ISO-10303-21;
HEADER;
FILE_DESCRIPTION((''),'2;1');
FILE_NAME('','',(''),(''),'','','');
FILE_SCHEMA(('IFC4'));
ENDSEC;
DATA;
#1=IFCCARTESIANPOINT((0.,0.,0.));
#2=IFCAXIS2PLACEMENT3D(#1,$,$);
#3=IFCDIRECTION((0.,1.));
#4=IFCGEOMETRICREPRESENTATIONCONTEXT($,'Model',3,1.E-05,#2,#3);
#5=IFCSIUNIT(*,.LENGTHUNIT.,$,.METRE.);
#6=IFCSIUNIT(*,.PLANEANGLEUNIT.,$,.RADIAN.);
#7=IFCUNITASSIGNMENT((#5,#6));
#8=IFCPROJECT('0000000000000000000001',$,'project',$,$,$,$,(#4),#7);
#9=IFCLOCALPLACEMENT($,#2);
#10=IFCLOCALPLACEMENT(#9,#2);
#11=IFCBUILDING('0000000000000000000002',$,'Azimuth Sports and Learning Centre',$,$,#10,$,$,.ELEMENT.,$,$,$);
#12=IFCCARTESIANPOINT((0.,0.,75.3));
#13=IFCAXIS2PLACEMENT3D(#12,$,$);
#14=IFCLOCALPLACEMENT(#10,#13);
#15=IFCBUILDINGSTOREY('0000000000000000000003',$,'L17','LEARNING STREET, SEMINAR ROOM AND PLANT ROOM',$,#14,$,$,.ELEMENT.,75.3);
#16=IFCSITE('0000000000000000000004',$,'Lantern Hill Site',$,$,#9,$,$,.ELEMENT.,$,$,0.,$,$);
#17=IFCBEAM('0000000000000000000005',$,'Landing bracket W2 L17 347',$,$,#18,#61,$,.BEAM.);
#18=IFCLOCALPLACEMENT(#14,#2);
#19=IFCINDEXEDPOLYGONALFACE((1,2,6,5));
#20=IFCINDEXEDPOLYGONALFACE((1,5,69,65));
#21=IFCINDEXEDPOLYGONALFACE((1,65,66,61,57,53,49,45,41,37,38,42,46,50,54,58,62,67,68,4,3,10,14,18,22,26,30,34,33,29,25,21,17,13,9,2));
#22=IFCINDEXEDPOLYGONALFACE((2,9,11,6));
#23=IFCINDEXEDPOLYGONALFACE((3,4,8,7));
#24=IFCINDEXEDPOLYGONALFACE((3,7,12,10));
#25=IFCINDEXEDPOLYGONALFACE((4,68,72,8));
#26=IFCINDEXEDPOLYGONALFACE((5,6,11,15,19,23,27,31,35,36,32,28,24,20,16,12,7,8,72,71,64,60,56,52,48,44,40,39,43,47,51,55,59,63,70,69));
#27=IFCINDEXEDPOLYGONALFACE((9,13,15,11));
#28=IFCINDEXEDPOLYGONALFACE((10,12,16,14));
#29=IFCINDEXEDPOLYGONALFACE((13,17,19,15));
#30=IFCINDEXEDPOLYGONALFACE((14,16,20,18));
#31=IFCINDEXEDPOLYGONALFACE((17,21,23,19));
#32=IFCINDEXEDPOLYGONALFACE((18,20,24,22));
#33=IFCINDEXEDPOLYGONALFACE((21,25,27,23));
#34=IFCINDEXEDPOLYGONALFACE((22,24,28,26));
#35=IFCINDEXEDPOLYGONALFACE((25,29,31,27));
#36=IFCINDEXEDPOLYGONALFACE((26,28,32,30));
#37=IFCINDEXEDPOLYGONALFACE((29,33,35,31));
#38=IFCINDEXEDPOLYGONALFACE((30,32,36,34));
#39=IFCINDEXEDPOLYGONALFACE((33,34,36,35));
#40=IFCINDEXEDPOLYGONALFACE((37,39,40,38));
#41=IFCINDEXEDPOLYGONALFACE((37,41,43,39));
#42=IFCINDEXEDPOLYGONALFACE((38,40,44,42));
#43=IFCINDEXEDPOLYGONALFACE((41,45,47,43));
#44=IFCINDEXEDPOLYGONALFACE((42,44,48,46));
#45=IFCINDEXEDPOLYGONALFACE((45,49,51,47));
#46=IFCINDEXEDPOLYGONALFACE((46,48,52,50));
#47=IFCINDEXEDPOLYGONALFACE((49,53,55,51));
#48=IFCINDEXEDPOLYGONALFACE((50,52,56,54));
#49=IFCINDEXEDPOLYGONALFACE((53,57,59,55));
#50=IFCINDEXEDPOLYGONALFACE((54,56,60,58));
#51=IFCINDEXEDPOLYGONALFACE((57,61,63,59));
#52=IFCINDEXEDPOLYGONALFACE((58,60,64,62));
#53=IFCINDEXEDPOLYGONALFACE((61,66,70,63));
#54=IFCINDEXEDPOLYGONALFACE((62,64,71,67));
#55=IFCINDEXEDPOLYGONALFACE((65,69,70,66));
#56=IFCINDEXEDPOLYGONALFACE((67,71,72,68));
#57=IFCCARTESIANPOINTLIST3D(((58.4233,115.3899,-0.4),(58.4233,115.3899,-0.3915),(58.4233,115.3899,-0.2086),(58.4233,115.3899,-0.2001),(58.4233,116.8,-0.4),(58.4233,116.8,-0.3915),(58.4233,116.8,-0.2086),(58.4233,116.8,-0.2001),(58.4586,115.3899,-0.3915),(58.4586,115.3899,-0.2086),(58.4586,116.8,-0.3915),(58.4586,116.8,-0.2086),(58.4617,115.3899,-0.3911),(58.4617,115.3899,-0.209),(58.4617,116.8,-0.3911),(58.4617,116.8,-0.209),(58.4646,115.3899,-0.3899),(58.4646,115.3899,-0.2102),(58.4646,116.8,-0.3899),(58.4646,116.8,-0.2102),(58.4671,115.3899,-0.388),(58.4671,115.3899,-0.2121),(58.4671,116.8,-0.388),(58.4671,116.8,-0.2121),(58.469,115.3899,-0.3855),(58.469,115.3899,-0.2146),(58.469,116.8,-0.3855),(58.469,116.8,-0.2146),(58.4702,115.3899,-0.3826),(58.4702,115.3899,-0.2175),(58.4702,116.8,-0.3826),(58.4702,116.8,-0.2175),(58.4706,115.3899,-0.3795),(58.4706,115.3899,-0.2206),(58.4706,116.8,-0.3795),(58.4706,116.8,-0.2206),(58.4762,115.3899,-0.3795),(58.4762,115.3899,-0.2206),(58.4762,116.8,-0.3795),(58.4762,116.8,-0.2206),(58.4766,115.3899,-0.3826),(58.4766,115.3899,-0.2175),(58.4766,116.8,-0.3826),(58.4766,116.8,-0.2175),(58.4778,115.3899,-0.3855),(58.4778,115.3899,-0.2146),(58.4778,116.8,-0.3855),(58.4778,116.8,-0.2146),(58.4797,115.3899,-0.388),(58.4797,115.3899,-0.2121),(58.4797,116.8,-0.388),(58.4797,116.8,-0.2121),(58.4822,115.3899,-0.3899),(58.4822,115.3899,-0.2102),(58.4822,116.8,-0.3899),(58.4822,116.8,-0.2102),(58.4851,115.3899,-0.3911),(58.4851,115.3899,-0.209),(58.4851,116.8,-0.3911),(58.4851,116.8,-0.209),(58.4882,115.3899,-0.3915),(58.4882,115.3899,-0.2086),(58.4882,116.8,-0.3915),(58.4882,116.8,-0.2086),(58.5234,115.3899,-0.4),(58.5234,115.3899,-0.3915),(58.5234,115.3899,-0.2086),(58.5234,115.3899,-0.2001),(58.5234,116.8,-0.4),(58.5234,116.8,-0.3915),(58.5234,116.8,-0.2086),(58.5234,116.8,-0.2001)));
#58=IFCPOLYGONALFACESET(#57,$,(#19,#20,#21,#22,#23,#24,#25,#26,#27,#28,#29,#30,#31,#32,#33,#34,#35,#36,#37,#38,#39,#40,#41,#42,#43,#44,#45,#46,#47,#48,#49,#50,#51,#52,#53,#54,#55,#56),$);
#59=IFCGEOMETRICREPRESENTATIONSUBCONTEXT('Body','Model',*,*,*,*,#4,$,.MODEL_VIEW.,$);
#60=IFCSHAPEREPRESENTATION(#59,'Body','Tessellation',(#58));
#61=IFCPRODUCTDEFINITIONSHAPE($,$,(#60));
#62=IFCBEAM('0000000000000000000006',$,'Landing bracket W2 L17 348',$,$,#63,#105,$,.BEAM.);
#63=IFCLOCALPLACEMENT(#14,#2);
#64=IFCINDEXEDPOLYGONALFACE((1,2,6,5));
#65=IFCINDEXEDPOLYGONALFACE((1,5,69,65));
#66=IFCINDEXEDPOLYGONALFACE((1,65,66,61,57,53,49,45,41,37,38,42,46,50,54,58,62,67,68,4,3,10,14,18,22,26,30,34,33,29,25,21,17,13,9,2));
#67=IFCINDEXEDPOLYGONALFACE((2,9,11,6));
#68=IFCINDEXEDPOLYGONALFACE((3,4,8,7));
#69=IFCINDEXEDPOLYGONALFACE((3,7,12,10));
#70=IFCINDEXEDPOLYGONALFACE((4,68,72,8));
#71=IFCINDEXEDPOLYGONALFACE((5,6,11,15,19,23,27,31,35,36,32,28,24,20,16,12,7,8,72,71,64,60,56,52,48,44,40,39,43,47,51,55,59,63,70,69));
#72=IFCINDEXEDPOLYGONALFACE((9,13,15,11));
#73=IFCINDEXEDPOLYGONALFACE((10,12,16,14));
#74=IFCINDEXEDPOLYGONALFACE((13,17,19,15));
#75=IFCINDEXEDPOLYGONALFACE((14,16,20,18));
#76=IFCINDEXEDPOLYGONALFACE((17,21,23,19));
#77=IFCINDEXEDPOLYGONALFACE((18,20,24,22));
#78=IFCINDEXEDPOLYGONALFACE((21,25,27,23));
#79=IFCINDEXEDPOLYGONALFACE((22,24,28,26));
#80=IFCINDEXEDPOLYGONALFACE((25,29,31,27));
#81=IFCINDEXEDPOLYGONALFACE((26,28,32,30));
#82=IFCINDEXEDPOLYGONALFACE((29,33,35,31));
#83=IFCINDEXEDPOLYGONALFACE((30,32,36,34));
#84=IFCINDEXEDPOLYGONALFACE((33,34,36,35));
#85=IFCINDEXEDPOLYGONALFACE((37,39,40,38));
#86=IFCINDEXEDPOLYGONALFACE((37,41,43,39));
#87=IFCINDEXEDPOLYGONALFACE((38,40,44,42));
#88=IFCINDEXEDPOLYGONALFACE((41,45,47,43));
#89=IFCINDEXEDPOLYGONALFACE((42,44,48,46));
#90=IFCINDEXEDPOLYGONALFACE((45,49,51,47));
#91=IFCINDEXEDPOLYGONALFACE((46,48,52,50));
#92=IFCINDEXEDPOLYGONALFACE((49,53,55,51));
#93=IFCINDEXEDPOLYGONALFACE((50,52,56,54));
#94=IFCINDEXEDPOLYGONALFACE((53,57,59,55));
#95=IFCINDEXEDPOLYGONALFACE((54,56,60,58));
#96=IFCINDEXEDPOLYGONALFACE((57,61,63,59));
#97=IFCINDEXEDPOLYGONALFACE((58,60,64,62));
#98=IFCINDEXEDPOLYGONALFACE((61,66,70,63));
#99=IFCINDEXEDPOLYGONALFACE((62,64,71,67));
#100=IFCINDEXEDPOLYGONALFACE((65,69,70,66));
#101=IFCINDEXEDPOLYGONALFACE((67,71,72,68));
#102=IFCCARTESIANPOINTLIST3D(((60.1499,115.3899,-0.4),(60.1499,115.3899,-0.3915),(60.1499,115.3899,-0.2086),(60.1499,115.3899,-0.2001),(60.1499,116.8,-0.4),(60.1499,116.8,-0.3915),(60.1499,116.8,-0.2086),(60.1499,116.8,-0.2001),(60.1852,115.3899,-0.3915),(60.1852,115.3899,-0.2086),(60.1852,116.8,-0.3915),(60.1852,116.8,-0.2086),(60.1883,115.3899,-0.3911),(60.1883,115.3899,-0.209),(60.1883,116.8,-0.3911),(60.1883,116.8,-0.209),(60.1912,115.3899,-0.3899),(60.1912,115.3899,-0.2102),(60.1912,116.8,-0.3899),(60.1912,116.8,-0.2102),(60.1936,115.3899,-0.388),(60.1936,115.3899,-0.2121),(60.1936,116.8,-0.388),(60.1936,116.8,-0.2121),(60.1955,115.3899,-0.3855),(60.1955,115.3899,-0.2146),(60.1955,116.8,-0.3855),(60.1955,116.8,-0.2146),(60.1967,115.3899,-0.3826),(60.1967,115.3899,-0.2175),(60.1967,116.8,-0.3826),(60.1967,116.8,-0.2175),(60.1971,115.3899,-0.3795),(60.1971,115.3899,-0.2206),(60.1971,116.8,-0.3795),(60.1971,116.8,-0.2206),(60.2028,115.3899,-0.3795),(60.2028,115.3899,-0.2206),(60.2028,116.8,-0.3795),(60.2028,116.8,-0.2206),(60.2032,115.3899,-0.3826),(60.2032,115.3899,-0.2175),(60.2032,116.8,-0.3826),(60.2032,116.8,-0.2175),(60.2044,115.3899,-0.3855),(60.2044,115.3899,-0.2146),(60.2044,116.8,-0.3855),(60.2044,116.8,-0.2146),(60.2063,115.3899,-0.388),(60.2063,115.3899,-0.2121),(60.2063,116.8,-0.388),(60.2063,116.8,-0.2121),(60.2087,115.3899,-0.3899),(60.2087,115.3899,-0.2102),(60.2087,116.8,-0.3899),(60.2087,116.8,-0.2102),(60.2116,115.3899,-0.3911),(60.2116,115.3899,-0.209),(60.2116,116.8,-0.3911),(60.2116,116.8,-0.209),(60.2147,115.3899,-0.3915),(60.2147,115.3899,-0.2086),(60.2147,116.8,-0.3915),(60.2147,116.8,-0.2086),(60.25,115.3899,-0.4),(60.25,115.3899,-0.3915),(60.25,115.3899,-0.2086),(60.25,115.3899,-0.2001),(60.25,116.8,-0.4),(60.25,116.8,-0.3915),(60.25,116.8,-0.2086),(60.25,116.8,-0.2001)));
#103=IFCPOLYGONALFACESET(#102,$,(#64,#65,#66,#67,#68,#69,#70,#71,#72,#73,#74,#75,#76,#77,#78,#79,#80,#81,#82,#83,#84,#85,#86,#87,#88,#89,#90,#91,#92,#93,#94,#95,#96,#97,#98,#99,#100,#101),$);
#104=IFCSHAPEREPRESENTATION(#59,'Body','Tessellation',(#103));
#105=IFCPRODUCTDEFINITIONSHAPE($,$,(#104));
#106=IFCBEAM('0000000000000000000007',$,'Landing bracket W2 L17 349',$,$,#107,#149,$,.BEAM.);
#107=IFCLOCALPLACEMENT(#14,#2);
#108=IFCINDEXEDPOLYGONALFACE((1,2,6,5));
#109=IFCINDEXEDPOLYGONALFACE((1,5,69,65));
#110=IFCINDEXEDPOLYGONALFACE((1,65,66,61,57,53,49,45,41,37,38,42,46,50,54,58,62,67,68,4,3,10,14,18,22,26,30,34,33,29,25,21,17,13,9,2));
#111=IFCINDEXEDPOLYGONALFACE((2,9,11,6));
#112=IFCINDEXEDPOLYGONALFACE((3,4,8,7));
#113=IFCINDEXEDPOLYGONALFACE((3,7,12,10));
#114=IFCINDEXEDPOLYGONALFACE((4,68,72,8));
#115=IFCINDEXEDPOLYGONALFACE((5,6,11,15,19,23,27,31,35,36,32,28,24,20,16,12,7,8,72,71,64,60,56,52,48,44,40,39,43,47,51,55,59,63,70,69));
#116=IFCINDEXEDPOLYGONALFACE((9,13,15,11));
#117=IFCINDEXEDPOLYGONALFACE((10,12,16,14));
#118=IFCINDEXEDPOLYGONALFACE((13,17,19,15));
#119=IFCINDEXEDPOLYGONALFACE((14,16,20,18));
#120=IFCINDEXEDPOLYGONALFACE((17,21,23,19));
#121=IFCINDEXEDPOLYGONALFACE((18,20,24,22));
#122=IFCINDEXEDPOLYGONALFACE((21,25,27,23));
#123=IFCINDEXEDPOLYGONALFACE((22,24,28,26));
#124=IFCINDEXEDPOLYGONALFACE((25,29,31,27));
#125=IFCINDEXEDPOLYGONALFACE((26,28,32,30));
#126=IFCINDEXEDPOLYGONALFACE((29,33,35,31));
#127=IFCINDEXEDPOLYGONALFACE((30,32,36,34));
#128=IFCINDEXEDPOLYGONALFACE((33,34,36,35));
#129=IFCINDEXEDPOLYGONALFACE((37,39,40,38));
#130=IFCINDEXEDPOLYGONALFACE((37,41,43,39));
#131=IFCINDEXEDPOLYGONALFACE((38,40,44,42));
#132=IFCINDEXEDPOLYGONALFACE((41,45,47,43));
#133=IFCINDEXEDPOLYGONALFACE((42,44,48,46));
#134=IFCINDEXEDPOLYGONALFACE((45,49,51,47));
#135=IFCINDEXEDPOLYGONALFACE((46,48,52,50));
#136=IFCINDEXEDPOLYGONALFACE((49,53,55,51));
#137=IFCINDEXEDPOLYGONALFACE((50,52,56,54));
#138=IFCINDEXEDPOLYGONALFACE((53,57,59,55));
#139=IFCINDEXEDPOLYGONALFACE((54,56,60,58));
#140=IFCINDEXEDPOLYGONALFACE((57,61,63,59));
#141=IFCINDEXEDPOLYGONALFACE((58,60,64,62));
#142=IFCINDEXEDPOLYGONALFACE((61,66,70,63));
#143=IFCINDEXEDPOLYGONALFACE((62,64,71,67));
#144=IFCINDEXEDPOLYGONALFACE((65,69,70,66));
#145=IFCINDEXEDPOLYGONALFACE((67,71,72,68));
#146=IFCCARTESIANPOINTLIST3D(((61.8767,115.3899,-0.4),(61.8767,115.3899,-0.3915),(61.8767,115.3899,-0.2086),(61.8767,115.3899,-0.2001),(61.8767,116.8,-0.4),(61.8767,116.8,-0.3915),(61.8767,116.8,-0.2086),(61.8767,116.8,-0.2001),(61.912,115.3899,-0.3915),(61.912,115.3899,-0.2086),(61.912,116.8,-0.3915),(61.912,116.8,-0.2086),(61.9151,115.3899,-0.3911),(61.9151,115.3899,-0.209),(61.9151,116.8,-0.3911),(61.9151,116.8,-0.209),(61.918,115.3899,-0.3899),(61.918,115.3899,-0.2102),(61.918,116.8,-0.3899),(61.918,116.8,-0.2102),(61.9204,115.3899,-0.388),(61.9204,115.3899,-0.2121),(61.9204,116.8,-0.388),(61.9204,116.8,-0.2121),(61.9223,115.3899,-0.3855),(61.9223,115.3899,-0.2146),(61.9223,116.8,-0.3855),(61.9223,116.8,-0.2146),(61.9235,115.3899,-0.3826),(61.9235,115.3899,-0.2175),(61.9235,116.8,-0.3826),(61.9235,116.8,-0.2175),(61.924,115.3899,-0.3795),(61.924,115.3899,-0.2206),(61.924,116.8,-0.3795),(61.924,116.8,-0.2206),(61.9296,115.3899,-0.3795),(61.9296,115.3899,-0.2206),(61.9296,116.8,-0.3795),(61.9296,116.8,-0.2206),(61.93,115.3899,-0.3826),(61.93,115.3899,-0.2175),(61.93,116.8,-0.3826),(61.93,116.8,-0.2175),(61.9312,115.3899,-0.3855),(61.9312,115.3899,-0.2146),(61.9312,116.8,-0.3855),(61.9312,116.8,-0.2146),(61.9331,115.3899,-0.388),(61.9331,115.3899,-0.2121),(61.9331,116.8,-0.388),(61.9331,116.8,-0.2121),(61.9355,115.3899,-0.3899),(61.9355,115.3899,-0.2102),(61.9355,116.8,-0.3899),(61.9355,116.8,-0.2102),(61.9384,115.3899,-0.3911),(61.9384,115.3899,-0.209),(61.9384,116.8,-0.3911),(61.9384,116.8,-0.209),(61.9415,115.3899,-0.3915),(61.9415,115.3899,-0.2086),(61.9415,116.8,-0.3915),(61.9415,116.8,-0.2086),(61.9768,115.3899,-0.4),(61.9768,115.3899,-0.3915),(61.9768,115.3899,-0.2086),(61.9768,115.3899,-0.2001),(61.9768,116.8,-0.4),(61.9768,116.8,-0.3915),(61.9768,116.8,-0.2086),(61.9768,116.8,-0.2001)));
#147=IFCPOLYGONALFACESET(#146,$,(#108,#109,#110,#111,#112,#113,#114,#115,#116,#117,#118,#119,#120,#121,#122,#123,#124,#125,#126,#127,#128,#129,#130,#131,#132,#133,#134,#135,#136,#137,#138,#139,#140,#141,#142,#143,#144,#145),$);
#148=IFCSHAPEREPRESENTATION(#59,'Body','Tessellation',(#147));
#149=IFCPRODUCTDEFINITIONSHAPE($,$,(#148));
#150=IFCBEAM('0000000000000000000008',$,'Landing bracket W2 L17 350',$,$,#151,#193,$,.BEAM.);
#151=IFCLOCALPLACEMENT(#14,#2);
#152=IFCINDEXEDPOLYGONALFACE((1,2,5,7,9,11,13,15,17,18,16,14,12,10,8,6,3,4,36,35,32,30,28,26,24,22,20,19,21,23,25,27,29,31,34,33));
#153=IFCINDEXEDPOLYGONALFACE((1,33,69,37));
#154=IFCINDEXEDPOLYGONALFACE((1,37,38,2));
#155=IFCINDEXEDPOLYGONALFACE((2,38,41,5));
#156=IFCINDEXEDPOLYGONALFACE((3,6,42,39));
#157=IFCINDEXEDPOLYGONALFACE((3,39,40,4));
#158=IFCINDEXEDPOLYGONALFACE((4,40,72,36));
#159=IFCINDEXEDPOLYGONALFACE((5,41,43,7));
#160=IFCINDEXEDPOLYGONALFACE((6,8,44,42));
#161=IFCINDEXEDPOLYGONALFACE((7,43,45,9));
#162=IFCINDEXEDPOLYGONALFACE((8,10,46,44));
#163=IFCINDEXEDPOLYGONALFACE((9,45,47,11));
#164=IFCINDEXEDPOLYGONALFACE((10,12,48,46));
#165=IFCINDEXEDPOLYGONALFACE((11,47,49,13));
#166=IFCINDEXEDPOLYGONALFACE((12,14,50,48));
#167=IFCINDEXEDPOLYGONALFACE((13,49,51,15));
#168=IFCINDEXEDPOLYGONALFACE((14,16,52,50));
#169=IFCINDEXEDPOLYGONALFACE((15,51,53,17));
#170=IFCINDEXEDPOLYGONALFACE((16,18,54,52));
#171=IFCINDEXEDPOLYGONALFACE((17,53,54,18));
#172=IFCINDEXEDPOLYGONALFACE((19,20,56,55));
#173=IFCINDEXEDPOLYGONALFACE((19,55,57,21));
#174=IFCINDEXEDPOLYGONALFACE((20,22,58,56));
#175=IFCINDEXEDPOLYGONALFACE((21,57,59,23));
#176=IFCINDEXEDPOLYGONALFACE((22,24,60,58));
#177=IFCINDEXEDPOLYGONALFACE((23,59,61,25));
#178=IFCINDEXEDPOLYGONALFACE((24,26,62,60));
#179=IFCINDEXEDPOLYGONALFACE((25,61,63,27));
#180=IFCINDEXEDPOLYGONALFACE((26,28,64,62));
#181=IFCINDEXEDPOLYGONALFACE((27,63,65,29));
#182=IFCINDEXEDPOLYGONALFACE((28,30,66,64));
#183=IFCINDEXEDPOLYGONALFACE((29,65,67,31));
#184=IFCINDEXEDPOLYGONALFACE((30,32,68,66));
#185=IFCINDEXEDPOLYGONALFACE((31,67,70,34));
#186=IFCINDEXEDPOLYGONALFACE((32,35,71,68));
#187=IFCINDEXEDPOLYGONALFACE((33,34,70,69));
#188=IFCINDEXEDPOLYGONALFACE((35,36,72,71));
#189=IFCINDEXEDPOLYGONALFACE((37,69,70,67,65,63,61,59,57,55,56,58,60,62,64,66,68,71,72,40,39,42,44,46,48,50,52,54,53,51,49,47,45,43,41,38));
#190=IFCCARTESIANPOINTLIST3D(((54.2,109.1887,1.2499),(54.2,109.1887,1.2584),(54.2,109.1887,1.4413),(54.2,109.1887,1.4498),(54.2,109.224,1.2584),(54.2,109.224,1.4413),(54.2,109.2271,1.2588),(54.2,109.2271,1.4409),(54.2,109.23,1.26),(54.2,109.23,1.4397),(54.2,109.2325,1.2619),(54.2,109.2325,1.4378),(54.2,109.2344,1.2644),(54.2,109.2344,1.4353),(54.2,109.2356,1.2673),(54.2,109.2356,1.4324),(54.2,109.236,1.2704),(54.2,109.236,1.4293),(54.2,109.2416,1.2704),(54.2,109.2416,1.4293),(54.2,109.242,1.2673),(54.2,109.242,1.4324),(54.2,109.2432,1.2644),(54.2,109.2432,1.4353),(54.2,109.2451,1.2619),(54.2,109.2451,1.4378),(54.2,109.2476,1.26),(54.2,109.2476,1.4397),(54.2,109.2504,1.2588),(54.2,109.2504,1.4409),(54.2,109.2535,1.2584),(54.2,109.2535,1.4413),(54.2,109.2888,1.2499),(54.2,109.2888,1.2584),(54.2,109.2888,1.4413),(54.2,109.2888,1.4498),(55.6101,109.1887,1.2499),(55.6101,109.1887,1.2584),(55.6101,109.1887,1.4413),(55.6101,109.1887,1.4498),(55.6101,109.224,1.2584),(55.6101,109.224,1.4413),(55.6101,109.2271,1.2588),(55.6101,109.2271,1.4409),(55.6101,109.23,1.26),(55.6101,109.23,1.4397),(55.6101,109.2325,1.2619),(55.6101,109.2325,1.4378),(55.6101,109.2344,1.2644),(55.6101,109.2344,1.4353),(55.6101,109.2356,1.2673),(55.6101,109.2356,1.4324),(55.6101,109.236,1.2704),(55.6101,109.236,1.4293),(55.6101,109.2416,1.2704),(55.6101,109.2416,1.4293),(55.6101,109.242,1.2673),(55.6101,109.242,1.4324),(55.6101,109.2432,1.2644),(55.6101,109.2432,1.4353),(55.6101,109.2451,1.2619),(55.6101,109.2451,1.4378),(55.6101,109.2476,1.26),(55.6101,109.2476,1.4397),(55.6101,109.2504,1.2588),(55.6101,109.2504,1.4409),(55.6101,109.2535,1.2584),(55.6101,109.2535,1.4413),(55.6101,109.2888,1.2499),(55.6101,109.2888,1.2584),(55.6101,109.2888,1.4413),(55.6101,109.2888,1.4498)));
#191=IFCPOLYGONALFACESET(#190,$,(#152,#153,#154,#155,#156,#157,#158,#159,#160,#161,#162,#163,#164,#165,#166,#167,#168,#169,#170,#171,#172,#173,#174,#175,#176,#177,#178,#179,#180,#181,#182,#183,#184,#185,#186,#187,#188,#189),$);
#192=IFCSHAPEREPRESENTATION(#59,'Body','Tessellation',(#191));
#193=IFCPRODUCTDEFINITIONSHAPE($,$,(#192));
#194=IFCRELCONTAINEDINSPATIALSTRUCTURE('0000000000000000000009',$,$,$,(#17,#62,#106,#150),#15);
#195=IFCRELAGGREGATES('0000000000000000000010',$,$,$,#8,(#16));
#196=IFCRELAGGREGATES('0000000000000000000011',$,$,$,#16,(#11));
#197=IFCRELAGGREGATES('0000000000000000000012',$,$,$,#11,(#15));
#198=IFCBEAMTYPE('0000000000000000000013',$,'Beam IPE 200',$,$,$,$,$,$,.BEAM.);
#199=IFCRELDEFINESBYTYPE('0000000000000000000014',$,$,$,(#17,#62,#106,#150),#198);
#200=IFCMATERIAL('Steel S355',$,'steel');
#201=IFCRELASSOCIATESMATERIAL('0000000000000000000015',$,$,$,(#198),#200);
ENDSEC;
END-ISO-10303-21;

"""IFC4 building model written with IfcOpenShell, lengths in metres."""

from ifc_helpers import new_model, si_unit, direction, frame, origin, origin_2d, place, context, subcontext, project, spatial, i_section, extrude, material, material_profile, profile_set, type_object, element, save


model = new_model("IFC4")

# Units and contexts
model_context = context("Model", 3, precision=1e-05, world=origin(), true_north=direction((0.0, 1.0)))
body_context = subcontext(model_context, "Body", "Model", "MODEL_VIEW")
ifc_project = project(units=[si_unit("LENGTHUNIT", "METRE"), si_unit("PLANEANGLEUNIT", "RADIAN")], contexts=[model_context])

# Site, building, storey
site_placement = place(None, origin())
site = spatial("IfcSite", under=ifc_project, at=site_placement, Name="Lantern Hill Site", CompositionType="ELEMENT", RefElevation=0.0)
building_placement = place(site_placement, origin())
building = spatial("IfcBuilding", under=site, at=building_placement, Name="Azimuth Sports and Learning Centre", CompositionType="ELEMENT")
storey_placement = place(building_placement, frame((0.0, 0.0, 75.3)))
storey = spatial("IfcBuildingStorey", under=building, at=storey_placement, Name="L17", Description="LEARNING STREET, SEMINAR ROOM AND PLANT ROOM", CompositionType="ELEMENT", Elevation=75.3)

# Beams
ifc_material_1 = material(Name="Steel S355", Category="steel")
ifc_material_profile = material_profile(ifc_material_1, i_section(OverallWidth=0.1001, OverallDepth=0.2, WebThickness=0.0056, FlangeThickness=0.0085, FilletRadius=0.012, at=origin_2d()), Name="IPE 200")
ifc_profile_set = profile_set([ifc_material_profile], Name="Steel S355")
beam_type = type_object("IfcBeamType", Name="Beam IPE 200", PredefinedType="BEAM", material=ifc_profile_set)
for number, where, z_axis, x_axis, name in (
    (1, (58.4734, 116.8, -0.3), (0.0, -1.0, 0.0), (1.0, 0.0, 0.0), "Landing bracket W2 L17 347"),
    (2, (60.2, 116.8, -0.3), (0.0, -1.0, 0.0), (1.0, 0.0, 0.0), "Landing bracket W2 L17 348"),
    (3, (61.9268, 116.8, -0.3), (0.0, -1.0, 0.0), (1.0, 0.0, 0.0), "Landing bracket W2 L17 349"),
    (4, (54.2, 109.2388, 1.3499), (1.0, 0.0, 0.0), (0.0, 1.0, 0.0), "Landing bracket W2 L17 350"),
):
    element("IfcBeam", number, at=place(storey_placement, frame(where, z_axis=z_axis, x_axis=x_axis)), inside=storey, type_object=beam_type, Name=name, PredefinedType="BEAM", context=body_context, shape_type="SweptSolid", body=[
        extrude(i_section(OverallWidth=0.1001, OverallDepth=0.2, WebThickness=0.0056, FlangeThickness=0.0085, FilletRadius=0.012, at=origin_2d()), origin(), (0.0, 0.0, 1.0), 1.4102),
    ])

save(model, "model.ifc")
